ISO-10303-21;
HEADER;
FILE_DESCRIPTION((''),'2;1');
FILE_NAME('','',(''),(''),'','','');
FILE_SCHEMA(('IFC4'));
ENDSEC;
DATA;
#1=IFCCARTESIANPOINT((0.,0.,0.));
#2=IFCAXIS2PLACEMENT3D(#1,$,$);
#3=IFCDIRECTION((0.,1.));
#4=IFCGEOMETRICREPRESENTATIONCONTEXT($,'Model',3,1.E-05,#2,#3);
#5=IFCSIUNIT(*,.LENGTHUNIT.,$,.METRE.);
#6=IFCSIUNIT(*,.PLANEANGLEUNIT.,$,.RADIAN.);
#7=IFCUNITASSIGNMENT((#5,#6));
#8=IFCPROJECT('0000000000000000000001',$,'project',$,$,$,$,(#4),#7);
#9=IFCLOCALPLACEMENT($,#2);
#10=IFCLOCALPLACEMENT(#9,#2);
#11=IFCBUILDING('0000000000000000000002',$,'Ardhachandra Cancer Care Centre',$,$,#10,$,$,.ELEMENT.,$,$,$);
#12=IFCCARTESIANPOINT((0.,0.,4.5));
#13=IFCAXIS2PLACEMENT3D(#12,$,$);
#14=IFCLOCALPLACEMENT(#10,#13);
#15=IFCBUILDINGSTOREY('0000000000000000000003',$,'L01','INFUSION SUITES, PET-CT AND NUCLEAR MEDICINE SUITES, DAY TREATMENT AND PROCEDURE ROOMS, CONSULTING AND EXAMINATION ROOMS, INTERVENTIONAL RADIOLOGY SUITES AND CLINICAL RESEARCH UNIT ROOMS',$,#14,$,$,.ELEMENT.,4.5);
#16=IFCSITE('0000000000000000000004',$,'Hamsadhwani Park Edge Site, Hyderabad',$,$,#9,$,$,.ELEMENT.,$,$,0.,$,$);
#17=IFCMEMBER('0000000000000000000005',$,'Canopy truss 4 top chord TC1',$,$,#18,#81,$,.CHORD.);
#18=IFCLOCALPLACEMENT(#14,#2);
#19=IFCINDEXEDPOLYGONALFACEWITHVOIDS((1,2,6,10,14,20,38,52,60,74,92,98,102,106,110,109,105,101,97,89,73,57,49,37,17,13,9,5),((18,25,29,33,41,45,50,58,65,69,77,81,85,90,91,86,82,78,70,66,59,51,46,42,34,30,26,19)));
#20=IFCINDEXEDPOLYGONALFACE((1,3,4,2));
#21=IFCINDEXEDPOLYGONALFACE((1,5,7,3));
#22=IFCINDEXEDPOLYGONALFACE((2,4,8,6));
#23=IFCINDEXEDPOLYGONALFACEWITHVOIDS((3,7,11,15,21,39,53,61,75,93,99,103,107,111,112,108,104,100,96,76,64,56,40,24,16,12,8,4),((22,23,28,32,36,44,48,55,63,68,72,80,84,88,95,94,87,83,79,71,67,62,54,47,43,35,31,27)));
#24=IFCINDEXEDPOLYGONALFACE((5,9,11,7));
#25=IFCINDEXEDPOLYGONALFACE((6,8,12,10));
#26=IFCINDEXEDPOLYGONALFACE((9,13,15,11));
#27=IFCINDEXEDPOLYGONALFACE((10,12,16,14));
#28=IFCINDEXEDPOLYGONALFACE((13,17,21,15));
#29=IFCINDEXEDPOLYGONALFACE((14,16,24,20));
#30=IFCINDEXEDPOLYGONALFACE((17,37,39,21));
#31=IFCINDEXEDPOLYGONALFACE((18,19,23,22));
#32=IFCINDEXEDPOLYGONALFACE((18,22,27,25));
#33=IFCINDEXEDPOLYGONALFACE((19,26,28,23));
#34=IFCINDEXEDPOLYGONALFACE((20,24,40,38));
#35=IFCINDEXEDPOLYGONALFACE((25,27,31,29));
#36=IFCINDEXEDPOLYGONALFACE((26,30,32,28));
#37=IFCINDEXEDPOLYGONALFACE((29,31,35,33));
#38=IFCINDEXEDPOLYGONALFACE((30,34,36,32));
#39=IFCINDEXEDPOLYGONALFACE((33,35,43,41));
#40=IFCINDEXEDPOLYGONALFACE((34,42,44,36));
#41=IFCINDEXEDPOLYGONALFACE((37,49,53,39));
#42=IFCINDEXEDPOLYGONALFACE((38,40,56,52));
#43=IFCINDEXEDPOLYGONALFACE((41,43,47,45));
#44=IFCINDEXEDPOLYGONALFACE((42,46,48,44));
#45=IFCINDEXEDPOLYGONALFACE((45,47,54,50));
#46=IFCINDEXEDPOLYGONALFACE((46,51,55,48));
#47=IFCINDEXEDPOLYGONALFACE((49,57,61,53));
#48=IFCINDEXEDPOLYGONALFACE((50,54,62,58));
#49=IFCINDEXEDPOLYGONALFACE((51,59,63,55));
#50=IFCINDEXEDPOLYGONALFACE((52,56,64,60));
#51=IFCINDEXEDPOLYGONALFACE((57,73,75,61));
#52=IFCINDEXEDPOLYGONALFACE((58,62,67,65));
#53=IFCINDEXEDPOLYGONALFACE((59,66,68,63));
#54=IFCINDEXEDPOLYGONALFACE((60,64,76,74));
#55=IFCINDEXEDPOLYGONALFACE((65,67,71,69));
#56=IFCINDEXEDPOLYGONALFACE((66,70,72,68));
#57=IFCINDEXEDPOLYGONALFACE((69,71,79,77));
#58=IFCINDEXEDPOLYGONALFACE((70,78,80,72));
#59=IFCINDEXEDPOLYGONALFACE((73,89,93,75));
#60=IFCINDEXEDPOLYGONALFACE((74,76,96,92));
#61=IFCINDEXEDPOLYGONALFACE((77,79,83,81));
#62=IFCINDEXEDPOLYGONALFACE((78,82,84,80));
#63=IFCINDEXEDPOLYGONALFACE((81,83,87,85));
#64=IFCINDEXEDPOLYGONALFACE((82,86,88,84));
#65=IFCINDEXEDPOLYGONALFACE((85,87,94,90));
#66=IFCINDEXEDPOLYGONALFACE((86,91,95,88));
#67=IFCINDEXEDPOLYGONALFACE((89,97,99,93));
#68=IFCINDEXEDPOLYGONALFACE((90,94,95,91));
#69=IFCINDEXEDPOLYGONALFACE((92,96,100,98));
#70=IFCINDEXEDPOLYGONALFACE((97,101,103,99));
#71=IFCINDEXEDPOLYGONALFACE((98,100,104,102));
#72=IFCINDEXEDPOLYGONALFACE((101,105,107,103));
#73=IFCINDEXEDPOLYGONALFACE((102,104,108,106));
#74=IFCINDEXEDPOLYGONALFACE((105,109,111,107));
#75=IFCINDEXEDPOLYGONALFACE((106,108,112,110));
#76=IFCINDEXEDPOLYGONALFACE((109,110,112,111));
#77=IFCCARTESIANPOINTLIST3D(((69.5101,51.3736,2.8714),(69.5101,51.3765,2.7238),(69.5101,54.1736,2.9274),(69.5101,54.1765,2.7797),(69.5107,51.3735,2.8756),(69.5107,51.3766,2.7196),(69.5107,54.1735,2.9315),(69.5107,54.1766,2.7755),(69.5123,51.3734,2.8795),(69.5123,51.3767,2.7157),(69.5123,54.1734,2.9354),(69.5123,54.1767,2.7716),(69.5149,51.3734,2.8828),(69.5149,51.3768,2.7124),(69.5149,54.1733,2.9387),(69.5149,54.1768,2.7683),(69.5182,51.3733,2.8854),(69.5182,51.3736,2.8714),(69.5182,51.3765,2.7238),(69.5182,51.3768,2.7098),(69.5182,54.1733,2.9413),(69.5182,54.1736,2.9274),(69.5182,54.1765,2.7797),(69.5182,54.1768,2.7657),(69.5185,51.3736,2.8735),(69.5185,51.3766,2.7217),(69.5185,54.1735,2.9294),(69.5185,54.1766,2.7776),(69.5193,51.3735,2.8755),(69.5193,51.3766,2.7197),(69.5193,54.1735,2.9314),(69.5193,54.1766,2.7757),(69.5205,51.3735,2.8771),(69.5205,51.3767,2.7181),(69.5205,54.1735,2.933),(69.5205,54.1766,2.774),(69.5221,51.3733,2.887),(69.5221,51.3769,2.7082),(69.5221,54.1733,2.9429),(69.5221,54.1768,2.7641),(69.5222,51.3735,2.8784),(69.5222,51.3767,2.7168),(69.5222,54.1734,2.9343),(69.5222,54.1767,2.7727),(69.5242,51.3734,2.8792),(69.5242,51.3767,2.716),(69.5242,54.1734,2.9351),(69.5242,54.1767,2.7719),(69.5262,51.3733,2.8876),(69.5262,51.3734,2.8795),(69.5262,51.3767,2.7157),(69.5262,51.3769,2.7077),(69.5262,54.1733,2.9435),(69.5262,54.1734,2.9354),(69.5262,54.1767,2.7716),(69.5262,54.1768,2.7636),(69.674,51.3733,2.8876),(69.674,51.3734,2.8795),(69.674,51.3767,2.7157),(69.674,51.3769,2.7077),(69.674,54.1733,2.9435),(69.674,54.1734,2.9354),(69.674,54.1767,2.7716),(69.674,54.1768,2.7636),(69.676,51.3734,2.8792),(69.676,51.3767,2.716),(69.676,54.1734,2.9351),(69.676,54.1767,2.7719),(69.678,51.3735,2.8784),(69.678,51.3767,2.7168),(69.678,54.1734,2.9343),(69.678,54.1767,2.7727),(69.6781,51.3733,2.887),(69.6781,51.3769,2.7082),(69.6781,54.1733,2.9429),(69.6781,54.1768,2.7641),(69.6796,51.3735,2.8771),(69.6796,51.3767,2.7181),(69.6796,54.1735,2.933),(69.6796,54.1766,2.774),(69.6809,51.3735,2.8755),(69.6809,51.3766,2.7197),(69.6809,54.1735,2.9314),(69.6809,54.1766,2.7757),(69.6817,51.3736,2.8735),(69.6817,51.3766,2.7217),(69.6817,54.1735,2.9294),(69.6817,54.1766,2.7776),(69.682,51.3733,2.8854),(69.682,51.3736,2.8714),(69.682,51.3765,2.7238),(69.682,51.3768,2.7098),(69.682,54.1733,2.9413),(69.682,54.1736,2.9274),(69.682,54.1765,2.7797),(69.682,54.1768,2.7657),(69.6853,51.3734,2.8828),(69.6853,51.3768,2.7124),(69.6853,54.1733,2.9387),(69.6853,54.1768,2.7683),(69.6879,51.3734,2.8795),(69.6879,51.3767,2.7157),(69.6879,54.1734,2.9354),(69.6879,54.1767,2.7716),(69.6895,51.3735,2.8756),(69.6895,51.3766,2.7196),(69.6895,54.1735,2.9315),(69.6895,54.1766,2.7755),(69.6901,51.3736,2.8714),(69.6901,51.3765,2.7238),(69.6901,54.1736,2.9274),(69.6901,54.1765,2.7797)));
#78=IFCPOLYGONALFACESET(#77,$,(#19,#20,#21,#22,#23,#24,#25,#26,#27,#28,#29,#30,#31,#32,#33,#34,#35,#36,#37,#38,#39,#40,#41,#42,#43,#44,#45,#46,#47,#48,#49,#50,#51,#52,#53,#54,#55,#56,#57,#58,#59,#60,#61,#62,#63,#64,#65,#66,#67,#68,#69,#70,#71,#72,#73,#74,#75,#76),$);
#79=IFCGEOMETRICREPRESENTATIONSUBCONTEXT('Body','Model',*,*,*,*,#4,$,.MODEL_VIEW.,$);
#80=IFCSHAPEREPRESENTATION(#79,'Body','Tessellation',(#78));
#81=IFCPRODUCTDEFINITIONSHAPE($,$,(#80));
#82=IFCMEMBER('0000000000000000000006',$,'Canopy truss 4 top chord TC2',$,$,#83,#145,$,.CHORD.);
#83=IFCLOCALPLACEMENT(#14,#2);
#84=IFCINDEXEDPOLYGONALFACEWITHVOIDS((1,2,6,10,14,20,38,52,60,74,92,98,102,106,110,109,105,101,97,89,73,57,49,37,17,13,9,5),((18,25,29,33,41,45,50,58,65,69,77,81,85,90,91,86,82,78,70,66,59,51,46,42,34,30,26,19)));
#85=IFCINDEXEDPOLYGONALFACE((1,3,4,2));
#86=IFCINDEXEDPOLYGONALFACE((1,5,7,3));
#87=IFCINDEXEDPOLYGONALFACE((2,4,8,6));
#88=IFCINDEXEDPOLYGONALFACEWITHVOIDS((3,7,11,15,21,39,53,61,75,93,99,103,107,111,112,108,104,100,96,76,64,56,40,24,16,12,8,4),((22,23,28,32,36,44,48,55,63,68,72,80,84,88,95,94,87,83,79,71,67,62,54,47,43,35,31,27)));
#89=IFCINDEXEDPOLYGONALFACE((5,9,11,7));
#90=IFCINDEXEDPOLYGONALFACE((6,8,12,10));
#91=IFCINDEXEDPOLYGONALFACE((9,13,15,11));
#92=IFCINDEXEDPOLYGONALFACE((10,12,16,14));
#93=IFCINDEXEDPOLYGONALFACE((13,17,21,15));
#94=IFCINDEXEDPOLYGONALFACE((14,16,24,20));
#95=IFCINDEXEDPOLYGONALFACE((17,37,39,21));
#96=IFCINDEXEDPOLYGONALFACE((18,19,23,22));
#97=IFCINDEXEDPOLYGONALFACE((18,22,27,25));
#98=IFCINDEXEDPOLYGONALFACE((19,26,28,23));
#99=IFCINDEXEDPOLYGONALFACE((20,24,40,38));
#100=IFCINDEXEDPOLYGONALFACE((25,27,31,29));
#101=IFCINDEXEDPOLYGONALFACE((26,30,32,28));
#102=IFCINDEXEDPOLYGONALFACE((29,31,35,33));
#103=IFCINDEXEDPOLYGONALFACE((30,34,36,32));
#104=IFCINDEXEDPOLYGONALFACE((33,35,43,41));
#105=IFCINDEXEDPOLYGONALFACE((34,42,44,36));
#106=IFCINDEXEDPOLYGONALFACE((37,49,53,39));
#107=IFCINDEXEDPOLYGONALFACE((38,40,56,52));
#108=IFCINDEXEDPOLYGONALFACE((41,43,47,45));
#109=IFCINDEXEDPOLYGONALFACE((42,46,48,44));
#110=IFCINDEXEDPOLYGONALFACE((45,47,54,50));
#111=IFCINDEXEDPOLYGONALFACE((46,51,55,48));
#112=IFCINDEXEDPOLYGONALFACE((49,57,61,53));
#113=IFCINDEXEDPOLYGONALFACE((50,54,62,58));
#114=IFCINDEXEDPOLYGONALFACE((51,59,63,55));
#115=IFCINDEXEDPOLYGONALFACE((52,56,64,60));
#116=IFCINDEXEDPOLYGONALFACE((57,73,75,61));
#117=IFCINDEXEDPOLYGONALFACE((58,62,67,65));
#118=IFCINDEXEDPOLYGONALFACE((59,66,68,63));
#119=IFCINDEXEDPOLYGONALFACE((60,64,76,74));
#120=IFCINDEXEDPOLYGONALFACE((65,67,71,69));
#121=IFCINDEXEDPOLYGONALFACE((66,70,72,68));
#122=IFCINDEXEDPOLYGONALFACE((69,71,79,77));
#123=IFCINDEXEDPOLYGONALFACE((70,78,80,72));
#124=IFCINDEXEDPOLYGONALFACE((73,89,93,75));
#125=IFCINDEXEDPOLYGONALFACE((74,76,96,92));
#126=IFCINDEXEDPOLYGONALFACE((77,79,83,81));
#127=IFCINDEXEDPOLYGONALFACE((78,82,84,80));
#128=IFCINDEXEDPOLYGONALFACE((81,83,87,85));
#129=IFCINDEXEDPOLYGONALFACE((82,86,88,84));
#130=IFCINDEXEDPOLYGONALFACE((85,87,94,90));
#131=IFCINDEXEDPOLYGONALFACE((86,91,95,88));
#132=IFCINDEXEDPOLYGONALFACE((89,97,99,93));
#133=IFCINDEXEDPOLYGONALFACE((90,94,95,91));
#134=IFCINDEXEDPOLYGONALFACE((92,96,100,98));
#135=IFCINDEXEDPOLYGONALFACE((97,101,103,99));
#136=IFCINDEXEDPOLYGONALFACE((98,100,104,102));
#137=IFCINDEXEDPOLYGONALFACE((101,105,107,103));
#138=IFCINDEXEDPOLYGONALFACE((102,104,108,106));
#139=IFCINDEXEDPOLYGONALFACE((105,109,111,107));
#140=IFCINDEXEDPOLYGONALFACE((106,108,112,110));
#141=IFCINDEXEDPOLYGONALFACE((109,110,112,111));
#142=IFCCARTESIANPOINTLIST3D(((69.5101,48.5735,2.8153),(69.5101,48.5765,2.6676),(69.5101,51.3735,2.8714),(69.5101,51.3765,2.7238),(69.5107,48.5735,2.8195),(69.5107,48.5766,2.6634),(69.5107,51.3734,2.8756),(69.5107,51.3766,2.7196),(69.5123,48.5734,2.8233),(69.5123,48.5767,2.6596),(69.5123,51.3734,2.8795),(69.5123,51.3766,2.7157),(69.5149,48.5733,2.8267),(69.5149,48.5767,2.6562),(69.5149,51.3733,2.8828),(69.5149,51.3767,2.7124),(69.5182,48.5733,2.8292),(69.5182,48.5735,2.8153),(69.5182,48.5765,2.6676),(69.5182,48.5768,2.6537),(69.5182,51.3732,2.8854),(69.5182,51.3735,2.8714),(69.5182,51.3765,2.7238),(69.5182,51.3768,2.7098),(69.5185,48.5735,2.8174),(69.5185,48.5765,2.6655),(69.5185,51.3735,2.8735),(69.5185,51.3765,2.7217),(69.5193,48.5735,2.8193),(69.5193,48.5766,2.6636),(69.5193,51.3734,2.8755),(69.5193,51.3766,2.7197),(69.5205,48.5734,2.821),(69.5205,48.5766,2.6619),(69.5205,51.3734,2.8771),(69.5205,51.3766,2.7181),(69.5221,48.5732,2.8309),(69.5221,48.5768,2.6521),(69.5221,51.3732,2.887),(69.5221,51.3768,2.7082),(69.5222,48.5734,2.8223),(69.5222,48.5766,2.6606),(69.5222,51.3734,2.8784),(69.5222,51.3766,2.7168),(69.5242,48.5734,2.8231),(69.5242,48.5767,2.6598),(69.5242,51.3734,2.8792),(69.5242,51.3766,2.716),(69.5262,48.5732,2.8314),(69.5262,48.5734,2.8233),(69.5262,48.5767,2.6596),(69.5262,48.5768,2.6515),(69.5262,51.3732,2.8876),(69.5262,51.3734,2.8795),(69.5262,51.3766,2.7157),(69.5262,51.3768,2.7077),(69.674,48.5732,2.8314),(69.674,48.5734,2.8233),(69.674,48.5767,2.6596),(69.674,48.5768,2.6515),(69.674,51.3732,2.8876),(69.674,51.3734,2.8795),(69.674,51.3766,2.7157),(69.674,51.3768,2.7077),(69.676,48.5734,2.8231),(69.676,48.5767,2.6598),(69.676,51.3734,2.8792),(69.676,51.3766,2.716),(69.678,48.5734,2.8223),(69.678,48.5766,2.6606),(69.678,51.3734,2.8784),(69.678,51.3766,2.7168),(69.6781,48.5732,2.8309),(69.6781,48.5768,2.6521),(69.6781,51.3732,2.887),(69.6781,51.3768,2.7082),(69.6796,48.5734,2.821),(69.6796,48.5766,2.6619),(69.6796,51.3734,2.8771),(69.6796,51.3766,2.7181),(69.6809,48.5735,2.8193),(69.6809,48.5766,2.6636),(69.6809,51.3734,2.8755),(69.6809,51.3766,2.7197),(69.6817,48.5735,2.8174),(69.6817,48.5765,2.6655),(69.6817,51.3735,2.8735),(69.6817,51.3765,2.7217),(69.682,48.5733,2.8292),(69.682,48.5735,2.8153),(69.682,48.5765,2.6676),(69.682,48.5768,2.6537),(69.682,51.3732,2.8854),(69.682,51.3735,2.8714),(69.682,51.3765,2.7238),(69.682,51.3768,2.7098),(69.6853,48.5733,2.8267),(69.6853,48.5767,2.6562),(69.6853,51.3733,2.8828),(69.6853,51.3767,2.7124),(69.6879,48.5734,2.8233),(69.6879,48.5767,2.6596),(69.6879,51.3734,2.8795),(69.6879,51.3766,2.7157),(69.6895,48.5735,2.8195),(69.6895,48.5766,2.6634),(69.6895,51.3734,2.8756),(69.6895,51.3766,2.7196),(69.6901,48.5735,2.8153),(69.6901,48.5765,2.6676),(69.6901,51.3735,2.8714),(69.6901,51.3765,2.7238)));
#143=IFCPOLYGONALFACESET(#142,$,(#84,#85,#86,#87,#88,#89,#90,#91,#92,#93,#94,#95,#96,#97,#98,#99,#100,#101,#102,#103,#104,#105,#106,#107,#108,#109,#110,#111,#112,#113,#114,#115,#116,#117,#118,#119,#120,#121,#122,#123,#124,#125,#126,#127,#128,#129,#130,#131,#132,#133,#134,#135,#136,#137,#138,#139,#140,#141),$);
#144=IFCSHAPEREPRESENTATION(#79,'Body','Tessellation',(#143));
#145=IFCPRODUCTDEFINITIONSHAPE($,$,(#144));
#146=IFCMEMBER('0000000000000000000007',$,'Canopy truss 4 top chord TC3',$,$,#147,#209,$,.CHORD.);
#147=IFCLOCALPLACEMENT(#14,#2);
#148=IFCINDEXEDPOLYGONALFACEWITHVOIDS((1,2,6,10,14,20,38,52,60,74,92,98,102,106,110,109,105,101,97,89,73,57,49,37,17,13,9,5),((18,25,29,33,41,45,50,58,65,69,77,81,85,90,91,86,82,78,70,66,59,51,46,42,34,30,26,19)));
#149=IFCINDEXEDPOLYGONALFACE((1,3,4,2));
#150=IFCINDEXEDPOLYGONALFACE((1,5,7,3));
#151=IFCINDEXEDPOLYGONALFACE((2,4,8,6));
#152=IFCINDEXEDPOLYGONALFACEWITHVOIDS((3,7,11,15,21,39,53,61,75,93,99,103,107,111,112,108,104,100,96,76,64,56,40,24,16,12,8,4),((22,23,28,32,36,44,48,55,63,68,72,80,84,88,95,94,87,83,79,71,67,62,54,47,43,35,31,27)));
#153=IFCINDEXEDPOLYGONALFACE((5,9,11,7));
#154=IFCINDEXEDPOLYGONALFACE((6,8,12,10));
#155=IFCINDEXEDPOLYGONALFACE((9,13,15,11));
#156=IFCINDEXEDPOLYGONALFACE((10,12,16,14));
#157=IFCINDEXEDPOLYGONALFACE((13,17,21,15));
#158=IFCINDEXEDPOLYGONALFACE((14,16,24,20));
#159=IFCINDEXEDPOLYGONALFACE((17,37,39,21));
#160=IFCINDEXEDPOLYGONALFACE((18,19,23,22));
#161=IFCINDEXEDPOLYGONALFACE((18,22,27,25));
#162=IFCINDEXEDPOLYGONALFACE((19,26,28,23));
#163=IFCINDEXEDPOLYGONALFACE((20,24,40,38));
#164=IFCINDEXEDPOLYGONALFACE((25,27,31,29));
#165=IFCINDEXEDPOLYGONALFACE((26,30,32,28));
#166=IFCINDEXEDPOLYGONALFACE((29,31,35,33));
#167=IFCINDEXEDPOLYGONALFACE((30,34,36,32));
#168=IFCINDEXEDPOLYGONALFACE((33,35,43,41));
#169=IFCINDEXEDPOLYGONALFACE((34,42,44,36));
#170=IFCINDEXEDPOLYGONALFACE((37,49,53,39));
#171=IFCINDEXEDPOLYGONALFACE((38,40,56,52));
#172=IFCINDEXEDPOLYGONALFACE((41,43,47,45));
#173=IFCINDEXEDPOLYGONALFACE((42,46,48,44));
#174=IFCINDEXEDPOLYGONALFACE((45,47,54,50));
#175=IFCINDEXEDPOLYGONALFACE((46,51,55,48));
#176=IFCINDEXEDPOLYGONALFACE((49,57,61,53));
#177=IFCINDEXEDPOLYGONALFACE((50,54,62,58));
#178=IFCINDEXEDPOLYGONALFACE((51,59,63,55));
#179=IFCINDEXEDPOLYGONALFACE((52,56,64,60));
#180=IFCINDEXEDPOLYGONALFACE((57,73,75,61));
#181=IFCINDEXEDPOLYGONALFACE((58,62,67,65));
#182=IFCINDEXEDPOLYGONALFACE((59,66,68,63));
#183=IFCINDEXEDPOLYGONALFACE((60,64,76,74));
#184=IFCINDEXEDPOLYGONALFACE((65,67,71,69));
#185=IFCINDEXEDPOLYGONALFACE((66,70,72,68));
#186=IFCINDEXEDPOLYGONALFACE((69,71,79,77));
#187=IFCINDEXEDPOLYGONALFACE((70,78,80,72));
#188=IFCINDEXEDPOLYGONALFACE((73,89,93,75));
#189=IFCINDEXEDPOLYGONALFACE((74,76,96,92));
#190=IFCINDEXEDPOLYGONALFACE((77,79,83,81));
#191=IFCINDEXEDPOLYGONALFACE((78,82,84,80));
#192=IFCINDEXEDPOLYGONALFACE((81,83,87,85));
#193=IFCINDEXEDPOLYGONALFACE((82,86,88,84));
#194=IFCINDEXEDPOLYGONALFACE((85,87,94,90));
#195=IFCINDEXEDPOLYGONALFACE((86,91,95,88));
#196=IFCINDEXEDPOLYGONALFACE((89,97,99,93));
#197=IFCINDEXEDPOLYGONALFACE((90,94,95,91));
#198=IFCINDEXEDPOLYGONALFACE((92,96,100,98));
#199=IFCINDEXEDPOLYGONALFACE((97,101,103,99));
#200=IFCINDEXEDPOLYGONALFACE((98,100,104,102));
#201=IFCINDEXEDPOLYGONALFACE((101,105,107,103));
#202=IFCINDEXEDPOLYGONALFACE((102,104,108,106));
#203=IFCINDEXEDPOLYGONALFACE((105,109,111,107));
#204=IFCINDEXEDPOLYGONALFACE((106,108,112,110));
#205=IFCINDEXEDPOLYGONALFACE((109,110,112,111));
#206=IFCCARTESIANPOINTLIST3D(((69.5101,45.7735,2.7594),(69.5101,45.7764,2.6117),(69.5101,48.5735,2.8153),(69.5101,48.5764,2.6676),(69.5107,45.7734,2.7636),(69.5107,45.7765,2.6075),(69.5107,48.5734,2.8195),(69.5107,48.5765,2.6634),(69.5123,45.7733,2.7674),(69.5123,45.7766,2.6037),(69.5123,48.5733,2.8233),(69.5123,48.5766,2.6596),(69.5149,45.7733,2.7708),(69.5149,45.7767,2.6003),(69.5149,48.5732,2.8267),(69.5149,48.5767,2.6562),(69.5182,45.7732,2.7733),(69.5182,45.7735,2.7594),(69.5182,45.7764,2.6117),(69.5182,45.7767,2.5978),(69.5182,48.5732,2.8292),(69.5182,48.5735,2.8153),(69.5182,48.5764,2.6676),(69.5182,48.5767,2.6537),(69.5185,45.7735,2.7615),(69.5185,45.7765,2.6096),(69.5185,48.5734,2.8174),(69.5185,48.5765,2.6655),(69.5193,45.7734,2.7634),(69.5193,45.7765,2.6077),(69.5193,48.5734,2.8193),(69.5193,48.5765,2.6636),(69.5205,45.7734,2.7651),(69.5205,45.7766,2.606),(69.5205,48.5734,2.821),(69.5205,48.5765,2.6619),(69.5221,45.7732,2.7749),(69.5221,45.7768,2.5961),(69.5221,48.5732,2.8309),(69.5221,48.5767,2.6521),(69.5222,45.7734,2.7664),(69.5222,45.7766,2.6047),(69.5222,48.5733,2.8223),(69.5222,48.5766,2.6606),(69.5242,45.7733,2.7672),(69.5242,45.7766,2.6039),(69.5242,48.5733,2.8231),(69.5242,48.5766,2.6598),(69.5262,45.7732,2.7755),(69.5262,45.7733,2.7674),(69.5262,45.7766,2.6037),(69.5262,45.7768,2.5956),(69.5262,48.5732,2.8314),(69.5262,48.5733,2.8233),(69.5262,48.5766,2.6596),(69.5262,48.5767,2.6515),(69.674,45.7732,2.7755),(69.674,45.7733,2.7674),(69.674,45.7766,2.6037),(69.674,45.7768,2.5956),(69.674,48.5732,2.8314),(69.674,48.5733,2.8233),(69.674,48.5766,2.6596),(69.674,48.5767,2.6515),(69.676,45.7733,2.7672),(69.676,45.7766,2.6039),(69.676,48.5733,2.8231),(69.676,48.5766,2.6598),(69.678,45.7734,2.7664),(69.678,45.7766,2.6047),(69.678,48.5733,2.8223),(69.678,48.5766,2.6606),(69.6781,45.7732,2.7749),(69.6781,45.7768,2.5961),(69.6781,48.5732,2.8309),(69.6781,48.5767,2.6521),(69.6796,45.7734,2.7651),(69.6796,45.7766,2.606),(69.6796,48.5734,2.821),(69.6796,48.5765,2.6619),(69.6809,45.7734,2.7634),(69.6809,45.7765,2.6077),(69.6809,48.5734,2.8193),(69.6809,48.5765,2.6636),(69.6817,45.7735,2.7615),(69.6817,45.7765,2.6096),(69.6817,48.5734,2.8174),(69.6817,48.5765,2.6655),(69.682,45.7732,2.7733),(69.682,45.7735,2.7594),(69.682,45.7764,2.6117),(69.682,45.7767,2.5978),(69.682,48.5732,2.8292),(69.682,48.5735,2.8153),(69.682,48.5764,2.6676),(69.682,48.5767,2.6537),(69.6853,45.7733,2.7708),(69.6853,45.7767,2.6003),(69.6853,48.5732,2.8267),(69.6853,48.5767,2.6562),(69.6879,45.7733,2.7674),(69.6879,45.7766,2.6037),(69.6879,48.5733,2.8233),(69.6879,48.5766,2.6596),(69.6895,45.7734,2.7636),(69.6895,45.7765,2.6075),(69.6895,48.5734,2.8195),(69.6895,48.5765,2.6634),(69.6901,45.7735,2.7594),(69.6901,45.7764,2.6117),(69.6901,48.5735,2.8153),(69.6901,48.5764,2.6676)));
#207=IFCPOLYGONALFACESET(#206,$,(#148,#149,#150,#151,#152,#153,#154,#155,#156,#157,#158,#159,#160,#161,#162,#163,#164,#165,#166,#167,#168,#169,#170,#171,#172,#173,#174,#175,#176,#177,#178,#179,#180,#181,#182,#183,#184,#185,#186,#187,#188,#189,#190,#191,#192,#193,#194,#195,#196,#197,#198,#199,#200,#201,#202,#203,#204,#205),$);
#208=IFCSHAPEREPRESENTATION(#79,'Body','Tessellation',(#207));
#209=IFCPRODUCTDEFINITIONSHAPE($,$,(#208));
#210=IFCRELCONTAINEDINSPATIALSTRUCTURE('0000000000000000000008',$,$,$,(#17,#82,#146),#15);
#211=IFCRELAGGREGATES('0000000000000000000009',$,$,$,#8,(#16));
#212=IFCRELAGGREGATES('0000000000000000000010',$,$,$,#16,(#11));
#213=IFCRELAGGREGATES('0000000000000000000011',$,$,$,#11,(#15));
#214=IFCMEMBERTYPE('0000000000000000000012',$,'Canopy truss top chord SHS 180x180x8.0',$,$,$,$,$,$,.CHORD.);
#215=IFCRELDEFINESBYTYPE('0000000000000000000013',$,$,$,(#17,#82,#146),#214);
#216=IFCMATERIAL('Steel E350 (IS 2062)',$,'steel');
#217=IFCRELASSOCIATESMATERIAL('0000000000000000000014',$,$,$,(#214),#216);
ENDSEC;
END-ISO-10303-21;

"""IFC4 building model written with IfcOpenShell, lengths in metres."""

from ifc_helpers import new_model, si_unit, direction, frame, origin, origin_2d, place, context, subcontext, project, spatial, hollow_rectangle, extrude, material, material_profile, profile_set, type_object, element, save


model = new_model("IFC4")

# Units and contexts
model_context = context("Model", 3, precision=1e-05, world=origin(), true_north=direction((0.0, 1.0)))
body_context = subcontext(model_context, "Body", "Model", "MODEL_VIEW")
ifc_project = project(units=[si_unit("LENGTHUNIT", "METRE"), si_unit("PLANEANGLEUNIT", "RADIAN")], contexts=[model_context])

# Site, building, storey
site_placement = place(None, origin())
site = spatial("IfcSite", under=ifc_project, at=site_placement, Name="Hamsadhwani Park Edge Site, Hyderabad", CompositionType="ELEMENT", RefElevation=0.0)
building_placement = place(site_placement, origin())
building = spatial("IfcBuilding", under=site, at=building_placement, Name="Ardhachandra Cancer Care Centre", CompositionType="ELEMENT")
storey_placement = place(building_placement, frame((0.0, 0.0, 4.5)))
storey = spatial("IfcBuildingStorey", under=building, at=storey_placement, Name="L01", Description="INFUSION SUITES, PET-CT AND NUCLEAR MEDICINE SUITES, DAY TREATMENT AND PROCEDURE ROOMS, CONSULTING AND EXAMINATION ROOMS, INTERVENTIONAL RADIOLOGY SUITES AND CLINICAL RESEARCH UNIT ROOMS", CompositionType="ELEMENT", Elevation=4.5)

# Members
ifc_material_1 = material(Name="Steel E350 (IS 2062)", Category="steel")
ifc_material_profile_1 = material_profile(ifc_material_1, hollow_rectangle(XDim=0.1799, YDim=0.1799, WallThickness=0.0081, InnerFilletRadius=0.0081, OuterFilletRadius=0.0161, at=origin_2d()), Name="SHS 180x180x8.0")
ifc_profile_set_1 = profile_set([ifc_material_profile_1], Name="Steel E350 (IS 2062)")
member_type_1 = type_object("IfcMemberType", Name="Canopy truss top chord SHS 180x180x8.0", PredefinedType="CHORD", material=ifc_profile_set_1)
for number, where, z_axis, x_axis, name in (
    (1, (69.6001, 54.175, 2.8535), (0.0, -0.999801, -0.019963), (1.0, 0.0, 0.0), "Canopy truss 4 top chord TC1"),
    (2, (69.6001, 51.375, 2.7976), (0.0, -0.999799, -0.02005), (1.0, 0.0, 0.0), "Canopy truss 4 top chord TC2"),
    (3, (69.6001, 48.575, 2.7415), (0.0, -0.999801, -0.019963), (1.0, 0.0, 0.0), "Canopy truss 4 top chord TC3"),
):
    element("IfcMember", number, at=place(storey_placement, frame(where, z_axis=z_axis, x_axis=x_axis)), inside=storey, type_object=member_type_1, Name=name, PredefinedType="CHORD", context=body_context, shape_type="SweptSolid", body=[
        extrude(hollow_rectangle(XDim=0.1799, YDim=0.1799, WallThickness=0.0081, InnerFilletRadius=0.0081, OuterFilletRadius=0.0161, at=origin_2d()), origin(), (0.0, 0.0, 1.0), 2.8005),
    ])

save(model, "model.ifc")
